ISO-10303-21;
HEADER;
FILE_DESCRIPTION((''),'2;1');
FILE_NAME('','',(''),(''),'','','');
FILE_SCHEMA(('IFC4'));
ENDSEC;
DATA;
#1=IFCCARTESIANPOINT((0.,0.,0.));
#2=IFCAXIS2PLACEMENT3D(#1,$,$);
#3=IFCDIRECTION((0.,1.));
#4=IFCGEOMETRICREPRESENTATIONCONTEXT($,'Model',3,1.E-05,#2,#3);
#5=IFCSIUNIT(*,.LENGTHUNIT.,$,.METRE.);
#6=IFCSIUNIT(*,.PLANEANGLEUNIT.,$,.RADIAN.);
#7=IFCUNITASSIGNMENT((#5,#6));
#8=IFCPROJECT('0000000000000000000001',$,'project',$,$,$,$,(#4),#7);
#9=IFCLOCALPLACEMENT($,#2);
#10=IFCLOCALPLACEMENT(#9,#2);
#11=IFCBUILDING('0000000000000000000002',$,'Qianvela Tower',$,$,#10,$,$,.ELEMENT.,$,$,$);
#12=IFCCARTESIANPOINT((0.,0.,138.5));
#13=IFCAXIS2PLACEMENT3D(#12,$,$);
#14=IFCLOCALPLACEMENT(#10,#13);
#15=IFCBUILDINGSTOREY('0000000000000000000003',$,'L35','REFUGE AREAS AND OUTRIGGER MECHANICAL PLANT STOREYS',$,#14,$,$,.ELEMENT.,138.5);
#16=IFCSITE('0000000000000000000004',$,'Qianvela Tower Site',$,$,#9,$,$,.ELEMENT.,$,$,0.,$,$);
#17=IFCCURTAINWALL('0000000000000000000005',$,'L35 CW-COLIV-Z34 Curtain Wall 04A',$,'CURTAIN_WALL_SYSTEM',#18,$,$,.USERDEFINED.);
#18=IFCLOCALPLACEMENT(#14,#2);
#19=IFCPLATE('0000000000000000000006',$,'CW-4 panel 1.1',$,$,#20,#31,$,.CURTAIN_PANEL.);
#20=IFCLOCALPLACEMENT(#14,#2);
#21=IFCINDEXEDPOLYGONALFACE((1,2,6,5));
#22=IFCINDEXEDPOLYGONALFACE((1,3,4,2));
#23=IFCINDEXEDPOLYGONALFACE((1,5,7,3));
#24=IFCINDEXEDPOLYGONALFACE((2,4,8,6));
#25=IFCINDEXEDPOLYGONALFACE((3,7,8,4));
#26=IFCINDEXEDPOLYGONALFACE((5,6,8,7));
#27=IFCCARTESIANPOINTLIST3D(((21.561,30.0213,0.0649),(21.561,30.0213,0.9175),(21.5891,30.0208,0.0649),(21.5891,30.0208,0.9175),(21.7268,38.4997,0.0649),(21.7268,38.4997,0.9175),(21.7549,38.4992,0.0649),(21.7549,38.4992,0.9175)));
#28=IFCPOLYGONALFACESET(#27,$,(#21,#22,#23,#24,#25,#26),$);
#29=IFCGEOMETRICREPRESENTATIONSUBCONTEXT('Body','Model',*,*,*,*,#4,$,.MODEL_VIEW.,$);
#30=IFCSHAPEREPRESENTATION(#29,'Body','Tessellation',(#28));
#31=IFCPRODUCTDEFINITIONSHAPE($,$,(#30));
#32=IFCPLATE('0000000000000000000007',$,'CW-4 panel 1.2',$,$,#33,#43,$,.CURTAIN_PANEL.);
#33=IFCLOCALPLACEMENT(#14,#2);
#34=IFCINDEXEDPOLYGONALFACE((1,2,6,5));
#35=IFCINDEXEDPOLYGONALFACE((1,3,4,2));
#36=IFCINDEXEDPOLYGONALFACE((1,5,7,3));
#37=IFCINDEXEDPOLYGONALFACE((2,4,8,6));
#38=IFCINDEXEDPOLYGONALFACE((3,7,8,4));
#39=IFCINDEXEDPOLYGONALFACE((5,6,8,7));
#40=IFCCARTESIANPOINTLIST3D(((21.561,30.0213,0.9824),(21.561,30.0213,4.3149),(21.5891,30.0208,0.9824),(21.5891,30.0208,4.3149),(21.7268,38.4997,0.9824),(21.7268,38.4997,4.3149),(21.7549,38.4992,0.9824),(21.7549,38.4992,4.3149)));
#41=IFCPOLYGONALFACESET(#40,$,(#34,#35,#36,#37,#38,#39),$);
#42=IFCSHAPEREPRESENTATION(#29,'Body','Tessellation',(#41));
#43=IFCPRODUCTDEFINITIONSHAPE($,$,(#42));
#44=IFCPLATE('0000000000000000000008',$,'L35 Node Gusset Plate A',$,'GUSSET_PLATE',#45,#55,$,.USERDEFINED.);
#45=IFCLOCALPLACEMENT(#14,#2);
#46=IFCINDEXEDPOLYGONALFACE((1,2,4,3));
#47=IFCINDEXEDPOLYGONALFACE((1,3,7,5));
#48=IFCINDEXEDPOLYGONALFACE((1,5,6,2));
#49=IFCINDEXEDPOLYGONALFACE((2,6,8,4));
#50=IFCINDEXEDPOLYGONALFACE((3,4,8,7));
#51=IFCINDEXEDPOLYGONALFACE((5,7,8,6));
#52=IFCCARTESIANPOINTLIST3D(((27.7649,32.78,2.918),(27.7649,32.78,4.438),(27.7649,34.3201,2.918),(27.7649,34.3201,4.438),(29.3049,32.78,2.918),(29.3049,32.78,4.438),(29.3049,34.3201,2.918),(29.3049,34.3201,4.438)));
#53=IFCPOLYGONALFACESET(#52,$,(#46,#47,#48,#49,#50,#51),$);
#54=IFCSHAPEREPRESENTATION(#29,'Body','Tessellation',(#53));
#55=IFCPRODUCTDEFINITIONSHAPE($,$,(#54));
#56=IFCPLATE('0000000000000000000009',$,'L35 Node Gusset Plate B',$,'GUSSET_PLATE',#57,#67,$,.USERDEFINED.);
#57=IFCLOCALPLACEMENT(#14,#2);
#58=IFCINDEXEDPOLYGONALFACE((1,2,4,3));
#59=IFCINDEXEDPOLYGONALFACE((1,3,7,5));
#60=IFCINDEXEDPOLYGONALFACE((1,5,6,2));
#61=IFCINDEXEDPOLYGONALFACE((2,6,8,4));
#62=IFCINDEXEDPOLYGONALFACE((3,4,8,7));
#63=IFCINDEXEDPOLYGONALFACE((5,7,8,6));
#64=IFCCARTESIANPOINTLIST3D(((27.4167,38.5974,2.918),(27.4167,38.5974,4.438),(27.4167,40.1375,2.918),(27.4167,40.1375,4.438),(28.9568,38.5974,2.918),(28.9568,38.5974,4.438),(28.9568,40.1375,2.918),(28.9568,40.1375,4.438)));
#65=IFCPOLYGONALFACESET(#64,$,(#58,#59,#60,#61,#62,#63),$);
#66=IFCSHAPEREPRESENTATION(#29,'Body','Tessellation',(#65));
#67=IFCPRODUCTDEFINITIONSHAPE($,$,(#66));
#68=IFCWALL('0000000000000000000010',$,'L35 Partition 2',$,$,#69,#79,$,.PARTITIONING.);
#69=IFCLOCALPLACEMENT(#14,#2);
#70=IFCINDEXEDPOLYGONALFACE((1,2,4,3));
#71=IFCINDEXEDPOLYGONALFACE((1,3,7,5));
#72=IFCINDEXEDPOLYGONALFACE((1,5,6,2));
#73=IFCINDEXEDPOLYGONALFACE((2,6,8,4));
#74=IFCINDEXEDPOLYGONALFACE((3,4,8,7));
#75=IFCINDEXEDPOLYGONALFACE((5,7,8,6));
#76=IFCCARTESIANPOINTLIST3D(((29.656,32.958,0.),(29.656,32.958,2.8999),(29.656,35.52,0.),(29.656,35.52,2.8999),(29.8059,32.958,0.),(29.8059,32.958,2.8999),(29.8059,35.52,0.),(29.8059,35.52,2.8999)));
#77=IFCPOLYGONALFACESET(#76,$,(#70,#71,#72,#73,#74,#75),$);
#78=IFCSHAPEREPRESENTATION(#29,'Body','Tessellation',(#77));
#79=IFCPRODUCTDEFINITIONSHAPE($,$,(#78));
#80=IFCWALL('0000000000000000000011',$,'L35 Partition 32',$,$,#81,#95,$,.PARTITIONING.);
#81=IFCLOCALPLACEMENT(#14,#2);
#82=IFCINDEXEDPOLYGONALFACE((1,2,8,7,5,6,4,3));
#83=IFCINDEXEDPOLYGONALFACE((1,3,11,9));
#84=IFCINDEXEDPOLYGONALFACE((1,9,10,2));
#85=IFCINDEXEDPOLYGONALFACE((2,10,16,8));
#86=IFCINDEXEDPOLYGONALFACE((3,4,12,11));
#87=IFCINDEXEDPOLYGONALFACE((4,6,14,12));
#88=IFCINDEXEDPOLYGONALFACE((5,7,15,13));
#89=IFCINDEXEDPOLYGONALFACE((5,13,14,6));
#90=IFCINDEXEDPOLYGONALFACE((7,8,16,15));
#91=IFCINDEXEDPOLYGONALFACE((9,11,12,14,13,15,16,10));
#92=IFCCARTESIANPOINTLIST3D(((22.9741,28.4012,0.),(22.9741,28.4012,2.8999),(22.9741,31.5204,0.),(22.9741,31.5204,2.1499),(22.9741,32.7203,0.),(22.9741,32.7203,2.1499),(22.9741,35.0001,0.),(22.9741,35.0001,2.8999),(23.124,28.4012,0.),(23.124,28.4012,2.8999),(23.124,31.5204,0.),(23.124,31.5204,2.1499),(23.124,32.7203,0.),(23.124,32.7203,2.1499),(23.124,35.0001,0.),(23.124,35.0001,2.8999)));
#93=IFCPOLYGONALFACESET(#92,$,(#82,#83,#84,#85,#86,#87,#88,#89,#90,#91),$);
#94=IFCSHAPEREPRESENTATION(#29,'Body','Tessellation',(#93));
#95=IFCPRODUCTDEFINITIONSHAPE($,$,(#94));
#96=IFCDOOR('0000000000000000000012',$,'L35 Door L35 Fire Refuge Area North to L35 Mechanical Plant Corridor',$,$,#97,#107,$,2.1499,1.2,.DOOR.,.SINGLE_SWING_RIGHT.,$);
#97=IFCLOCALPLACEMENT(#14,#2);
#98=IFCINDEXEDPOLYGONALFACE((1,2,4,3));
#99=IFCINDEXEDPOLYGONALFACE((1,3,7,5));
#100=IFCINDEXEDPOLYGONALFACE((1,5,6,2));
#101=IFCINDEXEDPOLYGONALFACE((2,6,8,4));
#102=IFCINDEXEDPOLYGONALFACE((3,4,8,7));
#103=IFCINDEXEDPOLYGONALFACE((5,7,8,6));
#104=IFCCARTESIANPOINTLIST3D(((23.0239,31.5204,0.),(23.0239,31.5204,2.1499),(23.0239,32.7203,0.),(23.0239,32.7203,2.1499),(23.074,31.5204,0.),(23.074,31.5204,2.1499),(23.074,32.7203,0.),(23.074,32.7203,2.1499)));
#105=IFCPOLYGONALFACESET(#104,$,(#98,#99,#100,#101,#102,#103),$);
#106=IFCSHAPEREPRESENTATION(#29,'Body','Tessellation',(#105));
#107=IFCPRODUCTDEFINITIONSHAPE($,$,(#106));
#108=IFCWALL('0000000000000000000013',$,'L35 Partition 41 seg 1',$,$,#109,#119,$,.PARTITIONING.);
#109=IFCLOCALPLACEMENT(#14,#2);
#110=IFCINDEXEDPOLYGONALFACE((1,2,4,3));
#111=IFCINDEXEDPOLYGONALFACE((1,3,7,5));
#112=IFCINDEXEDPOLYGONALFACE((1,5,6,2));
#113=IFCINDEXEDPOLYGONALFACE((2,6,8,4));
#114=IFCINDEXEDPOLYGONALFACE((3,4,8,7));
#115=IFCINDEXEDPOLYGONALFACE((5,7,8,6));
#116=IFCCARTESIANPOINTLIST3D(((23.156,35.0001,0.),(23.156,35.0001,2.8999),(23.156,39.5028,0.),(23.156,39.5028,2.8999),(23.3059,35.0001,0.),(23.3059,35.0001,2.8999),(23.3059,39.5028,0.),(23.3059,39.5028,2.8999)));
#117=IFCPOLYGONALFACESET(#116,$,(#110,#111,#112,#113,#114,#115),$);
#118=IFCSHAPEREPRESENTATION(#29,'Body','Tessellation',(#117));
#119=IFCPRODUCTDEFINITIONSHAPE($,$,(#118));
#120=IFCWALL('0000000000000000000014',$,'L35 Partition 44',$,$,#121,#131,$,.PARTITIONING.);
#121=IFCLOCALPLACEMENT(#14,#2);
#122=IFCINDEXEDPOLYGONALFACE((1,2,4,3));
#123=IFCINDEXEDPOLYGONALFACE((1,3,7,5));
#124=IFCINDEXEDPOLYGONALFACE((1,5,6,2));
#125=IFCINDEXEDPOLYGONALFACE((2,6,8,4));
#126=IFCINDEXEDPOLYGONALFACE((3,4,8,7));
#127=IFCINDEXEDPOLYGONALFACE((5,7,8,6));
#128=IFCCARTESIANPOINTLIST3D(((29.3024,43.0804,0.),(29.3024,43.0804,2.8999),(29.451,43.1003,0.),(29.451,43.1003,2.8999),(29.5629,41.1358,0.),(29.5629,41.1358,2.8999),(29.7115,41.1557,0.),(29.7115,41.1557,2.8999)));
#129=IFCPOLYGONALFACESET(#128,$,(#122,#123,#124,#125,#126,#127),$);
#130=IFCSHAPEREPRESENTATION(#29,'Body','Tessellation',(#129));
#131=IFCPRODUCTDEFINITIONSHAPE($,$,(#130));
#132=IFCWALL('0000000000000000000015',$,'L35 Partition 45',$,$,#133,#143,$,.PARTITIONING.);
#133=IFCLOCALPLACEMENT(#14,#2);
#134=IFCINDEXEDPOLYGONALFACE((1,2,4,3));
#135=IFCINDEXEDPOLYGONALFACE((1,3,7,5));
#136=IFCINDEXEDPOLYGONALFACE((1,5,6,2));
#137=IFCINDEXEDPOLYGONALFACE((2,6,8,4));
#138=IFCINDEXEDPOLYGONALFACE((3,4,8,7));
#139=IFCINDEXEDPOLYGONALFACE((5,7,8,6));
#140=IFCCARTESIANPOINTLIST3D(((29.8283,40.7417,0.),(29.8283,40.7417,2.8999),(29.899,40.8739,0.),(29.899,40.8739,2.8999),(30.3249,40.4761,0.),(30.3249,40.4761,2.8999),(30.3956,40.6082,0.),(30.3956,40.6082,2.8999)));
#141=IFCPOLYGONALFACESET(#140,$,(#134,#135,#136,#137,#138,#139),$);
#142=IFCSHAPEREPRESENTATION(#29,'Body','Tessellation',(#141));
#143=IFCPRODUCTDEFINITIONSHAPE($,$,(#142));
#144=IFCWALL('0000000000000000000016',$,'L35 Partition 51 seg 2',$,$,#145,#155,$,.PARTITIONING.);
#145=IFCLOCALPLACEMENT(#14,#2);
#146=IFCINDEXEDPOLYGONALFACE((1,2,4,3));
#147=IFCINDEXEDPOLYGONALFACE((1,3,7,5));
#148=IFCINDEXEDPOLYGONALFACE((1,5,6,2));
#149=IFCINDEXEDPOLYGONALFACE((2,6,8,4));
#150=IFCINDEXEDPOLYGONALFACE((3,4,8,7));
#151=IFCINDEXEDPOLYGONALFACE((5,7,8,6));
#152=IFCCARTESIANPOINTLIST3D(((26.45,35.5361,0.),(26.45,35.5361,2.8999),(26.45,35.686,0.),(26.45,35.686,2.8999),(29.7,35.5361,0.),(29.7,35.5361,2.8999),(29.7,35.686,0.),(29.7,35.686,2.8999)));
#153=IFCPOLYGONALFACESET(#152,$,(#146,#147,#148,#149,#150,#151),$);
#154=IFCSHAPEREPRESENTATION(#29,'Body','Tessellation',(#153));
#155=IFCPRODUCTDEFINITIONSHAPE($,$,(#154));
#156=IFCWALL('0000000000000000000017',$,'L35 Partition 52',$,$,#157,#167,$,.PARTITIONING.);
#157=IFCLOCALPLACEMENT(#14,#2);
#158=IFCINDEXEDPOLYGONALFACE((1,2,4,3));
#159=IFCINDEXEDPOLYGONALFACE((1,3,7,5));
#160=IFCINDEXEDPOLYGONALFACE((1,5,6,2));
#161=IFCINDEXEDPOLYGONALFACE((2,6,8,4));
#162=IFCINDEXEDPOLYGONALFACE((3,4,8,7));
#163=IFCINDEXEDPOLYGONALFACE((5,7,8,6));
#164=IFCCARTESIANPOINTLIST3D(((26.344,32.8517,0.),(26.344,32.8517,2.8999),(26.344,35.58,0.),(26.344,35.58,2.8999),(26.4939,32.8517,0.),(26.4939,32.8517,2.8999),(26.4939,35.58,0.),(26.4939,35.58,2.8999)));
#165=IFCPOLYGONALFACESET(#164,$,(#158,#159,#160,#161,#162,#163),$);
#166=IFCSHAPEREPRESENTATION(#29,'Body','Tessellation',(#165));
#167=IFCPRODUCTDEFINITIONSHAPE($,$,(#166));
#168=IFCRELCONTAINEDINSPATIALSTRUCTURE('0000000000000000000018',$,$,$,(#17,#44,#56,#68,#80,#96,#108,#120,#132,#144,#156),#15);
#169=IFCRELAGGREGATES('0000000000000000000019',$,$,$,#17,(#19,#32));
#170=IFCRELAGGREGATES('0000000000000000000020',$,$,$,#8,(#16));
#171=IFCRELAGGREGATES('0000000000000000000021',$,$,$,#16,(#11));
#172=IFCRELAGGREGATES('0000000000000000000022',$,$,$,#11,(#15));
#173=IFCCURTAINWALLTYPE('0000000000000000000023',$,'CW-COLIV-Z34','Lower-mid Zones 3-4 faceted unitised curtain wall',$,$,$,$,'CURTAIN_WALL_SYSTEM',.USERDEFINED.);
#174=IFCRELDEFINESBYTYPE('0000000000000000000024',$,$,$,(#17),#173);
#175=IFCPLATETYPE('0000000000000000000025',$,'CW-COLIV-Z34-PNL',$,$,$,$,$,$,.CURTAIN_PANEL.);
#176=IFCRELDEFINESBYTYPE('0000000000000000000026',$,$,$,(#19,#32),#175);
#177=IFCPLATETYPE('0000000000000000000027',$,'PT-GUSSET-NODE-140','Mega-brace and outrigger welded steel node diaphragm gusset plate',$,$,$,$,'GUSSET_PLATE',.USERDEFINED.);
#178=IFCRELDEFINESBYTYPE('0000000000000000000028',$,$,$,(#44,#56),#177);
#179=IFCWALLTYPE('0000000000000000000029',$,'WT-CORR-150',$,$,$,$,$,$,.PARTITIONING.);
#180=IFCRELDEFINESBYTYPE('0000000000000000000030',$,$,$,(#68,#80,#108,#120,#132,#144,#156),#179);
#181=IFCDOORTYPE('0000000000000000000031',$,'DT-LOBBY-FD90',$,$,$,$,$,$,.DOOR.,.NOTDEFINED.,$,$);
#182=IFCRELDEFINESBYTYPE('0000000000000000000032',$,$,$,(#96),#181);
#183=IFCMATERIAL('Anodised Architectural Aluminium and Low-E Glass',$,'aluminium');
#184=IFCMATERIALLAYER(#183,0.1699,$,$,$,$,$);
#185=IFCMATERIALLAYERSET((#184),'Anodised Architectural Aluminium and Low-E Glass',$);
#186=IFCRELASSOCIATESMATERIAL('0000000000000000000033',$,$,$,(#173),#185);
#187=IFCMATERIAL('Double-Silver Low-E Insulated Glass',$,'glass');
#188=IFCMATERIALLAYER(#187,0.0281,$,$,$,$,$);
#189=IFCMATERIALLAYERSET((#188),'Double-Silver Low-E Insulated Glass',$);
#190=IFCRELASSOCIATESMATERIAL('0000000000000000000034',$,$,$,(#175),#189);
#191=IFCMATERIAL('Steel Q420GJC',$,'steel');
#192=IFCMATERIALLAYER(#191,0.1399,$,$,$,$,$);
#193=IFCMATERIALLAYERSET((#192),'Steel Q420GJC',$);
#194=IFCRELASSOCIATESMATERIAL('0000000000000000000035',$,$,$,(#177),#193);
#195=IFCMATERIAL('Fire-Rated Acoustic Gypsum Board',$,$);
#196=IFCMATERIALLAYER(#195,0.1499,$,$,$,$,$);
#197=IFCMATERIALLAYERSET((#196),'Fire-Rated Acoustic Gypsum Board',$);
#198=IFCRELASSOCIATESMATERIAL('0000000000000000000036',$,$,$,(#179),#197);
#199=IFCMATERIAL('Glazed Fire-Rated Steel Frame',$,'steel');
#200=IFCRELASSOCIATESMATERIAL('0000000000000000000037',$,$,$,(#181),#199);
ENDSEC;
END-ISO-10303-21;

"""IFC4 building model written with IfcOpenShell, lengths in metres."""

from ifc_helpers import new_model, si_unit, direction, frame, frame_2d, origin, origin_2d, place, context, subcontext, project, spatial, rectangle, extrude, material, layer, layer_set, type_object, element, fill, aggregate, save


model = new_model("IFC4")

# Units and contexts
model_context = context("Model", 3, precision=1e-05, world=origin(), true_north=direction((0.0, 1.0)))
body_context = subcontext(model_context, "Body", "Model", "MODEL_VIEW")
ifc_project = project(units=[si_unit("LENGTHUNIT", "METRE"), si_unit("PLANEANGLEUNIT", "RADIAN")], contexts=[model_context])

# Site, building, storey
site_placement = place(None, origin())
site = spatial("IfcSite", under=ifc_project, at=site_placement, Name="Qianvela Tower Site", CompositionType="ELEMENT", RefElevation=0.0)
building_placement = place(site_placement, origin())
building = spatial("IfcBuilding", under=site, at=building_placement, Name="Qianvela Tower", CompositionType="ELEMENT")
storey_placement = place(building_placement, frame((0.0, 0.0, 138.5)))
storey = spatial("IfcBuildingStorey", under=building, at=storey_placement, Name="L35", Description="REFUGE AREAS AND OUTRIGGER MECHANICAL PLANT STOREYS", CompositionType="ELEMENT", Elevation=138.5)

# Curtain wall, plates
ifc_material_1 = material(Name="Anodised Architectural Aluminium and Low-E Glass", Category="aluminium")
ifc_layer_1 = layer(ifc_material_1, 0.1699)
ifc_layer_set_1 = layer_set([ifc_layer_1], Name="Anodised Architectural Aluminium and Low-E Glass")
curtain_wall_type = type_object("IfcCurtainWallType", Name="CW-COLIV-Z34", Description="Lower-mid Zones 3-4 faceted unitised curtain wall", ElementType="CURTAIN_WALL_SYSTEM", PredefinedType="USERDEFINED", material=ifc_layer_set_1)
curtain_wall_placement = place(storey_placement, origin())
curtain_wall = element("IfcCurtainWall", 1, at=curtain_wall_placement, inside=storey, type_object=curtain_wall_type, Name="L35 CW-COLIV-Z34 Curtain Wall 04A", ObjectType="CURTAIN_WALL_SYSTEM", PredefinedType="USERDEFINED")
ifc_material_2 = material(Name="Double-Silver Low-E Insulated Glass", Category="glass")
ifc_layer_2 = layer(ifc_material_2, 0.0281)
ifc_layer_set_2 = layer_set([ifc_layer_2], Name="Double-Silver Low-E Insulated Glass")
plate_type_1 = type_object("IfcPlateType", Name="CW-COLIV-Z34-PNL", PredefinedType="CURTAIN_PANEL", material=ifc_layer_set_2)
plate_1_placement = place(storey_placement, frame((21.658, 34.2603, 0.0649), z_axis=(0.0, 0.0, 1.0), x_axis=(-0.019547, -0.999809, 0.0)))
plate_1 = element("IfcPlate", 2, at=plate_1_placement, type_object=plate_type_1, Name="CW-4 panel 1.1", PredefinedType="CURTAIN_PANEL", context=body_context, shape_type="SweptSolid", body=[
    extrude(rectangle(XDim=8.48, YDim=0.0281, at=origin_2d()), origin(), (0.0, 0.0, 1.0), 0.8525),
])
plate_2_placement = place(storey_placement, frame((21.658, 34.2603, 0.9824), z_axis=(0.0, 0.0, 1.0), x_axis=(-0.019547, -0.999809, 0.0)))
plate_2 = element("IfcPlate", 3, at=plate_2_placement, type_object=plate_type_1, Name="CW-4 panel 1.2", PredefinedType="CURTAIN_PANEL", context=body_context, shape_type="SweptSolid", body=[
    extrude(rectangle(XDim=8.48, YDim=0.0281, at=origin_2d()), origin(), (0.0, 0.0, 1.0), 3.3325),
])
aggregate(curtain_wall, [plate_1, plate_2])

# Plates
ifc_material_3 = material(Name="Steel Q420GJC", Category="steel")
ifc_layer_3 = layer(ifc_material_3, 0.1399)
ifc_layer_set_3 = layer_set([ifc_layer_3], Name="Steel Q420GJC")
plate_type_2 = type_object("IfcPlateType", Name="PT-GUSSET-NODE-140", Description="Mega-brace and outrigger welded steel node diaphragm gusset plate", ElementType="GUSSET_PLATE", PredefinedType="USERDEFINED", material=ifc_layer_set_3)
for number, where, z_axis, x_axis, name in (
    (4, (28.5349, 33.55, 2.918), (0.0, 0.0, 1.0), (1.0, 0.0, 0.0), "L35 Node Gusset Plate A"),
    (5, (28.1868, 39.3674, 2.918), (0.0, 0.0, 1.0), (1.0, 0.0, 0.0), "L35 Node Gusset Plate B"),
):
    element("IfcPlate", number, at=place(storey_placement, frame(where, z_axis=z_axis, x_axis=x_axis)), inside=storey, type_object=plate_type_2, Name=name, ObjectType="GUSSET_PLATE", PredefinedType="USERDEFINED", context=body_context, shape_type="SweptSolid", body=[
        extrude(rectangle(XDim=1.54, YDim=1.54, at=origin_2d()), origin(), (0.0, 0.0, 1.0), 1.52),
    ])

# Wall
ifc_material_4 = material(Name="Fire-Rated Acoustic Gypsum Board")
ifc_layer_4 = layer(ifc_material_4, 0.1499)
ifc_layer_set_4 = layer_set([ifc_layer_4], Name="Fire-Rated Acoustic Gypsum Board")
wall_type_1 = type_object("IfcWallType", Name="WT-CORR-150", PredefinedType="PARTITIONING", material=ifc_layer_set_4)
wall_1_placement = place(storey_placement, frame((29.731, 32.958, 0.0), z_axis=(0.0, 0.0, 1.0), x_axis=(0.0, 1.0, 0.0)))
element("IfcWall", 6, at=wall_1_placement, inside=storey, type_object=wall_type_1, Name="L35 Partition 2", PredefinedType="PARTITIONING", context=body_context, shape_type="SweptSolid", body=[
    extrude(rectangle(XDim=2.562, YDim=0.1499, at=frame_2d((1.281, 0.0))), origin(), (0.0, 0.0, 1.0), 2.8999),
])

# Wall, opening, door
ifc_material_5 = material(Name="Glazed Fire-Rated Steel Frame", Category="steel")
door_type_1 = type_object("IfcDoorType", Name="DT-LOBBY-FD90", OperationType="NOTDEFINED", PredefinedType="DOOR", material=ifc_material_5)
wall_2_placement = place(storey_placement, frame((23.0491, 35.0, 0.0), z_axis=(0.0, 0.0, 1.0), x_axis=(0.0, -1.0, 0.0)))
wall_2 = element("IfcWall", 7, at=wall_2_placement, inside=storey, type_object=wall_type_1, Name="L35 Partition 32", PredefinedType="PARTITIONING", context=body_context, shape_type="SweptSolid", body=[
    extrude(rectangle(XDim=6.5989, YDim=0.1499, at=frame_2d((3.2993, 0.0))), origin(), (0.0, 0.0, 1.0), 2.8999),
])
opening_1_placement = place(wall_2_placement, frame((2.2795, 0.0, 0.0)))
opening_1 = element("IfcOpeningElement", 8, at=opening_1_placement, cuts=wall_2, PredefinedType="OPENING", context=body_context, shape_type="SweptSolid", body=[
    extrude(rectangle(XDim=1.2, YDim=2.1499, at=frame_2d((0.6001, 1.075))), frame((0.0, 0.085, 0.0), z_axis=(0.0, -1.0, 0.0), x_axis=(1.0, 0.0, 0.0)), (0.0, 0.0, 1.0), 0.1699),
])
door_1_placement = place(opening_1_placement, origin())
door_1 = element("IfcDoor", 9, at=door_1_placement, inside=storey, type_object=door_type_1, Name="L35 Door L35 Fire Refuge Area North to L35 Mechanical Plant Corridor", OperationType="SINGLE_SWING_RIGHT", OverallHeight=2.1499, OverallWidth=1.2, PredefinedType="DOOR", context=body_context, shape_type="SweptSolid", body=[
    extrude(rectangle(XDim=1.2, YDim=2.1499, at=frame_2d((0.6001, 1.075))), frame((0.0, 0.0249, 0.0), z_axis=(0.0, -1.0, 0.0), x_axis=(1.0, 0.0, 0.0)), (0.0, 0.0, 1.0), 0.05),
])
fill(opening_1, door_1)

# Walls
wall_3_placement = place(storey_placement, frame((23.231, 35.0, 0.0), z_axis=(0.0, 0.0, 1.0), x_axis=(0.0, 1.0, 0.0)))
element("IfcWall", 10, at=wall_3_placement, inside=storey, type_object=wall_type_1, Name="L35 Partition 41 seg 1", PredefinedType="PARTITIONING", context=body_context, shape_type="SweptSolid", body=[
    extrude(rectangle(XDim=4.5027, YDim=0.1499, at=frame_2d((2.2515, 0.0))), origin(), (0.0, 0.0, 1.0), 2.8999),
])
wall_4_placement = place(storey_placement, frame((29.3767, 43.0903, 0.0), z_axis=(0.0, 0.0, 1.0), x_axis=(0.132775, -0.991146, 0.0)))
element("IfcWall", 11, at=wall_4_placement, inside=storey, type_object=wall_type_1, Name="L35 Partition 44", PredefinedType="PARTITIONING", context=body_context, shape_type="SweptSolid", body=[
    extrude(rectangle(XDim=1.9619, YDim=0.1499, at=frame_2d((0.981, 0.0))), origin(), (0.0, 0.0, 1.0), 2.8999),
])
wall_5_placement = place(storey_placement, frame((29.8635, 40.8079, 0.0), z_axis=(0.0, 0.0, 1.0), x_axis=(0.881776, -0.471668, 0.0)))
element("IfcWall", 12, at=wall_5_placement, inside=storey, type_object=wall_type_1, Name="L35 Partition 45", PredefinedType="PARTITIONING", context=body_context, shape_type="SweptSolid", body=[
    extrude(rectangle(XDim=0.5632, YDim=0.1499, at=frame_2d((0.2817, 0.0))), origin(), (0.0, 0.0, 1.0), 2.8999),
])
wall_6_placement = place(storey_placement, frame((29.7, 35.6111, 0.0), z_axis=(0.0, 0.0, 1.0), x_axis=(-1.0, 0.0, 0.0)))
element("IfcWall", 13, at=wall_6_placement, inside=storey, type_object=wall_type_1, Name="L35 Partition 51 seg 2", PredefinedType="PARTITIONING", context=body_context, shape_type="SweptSolid", body=[
    extrude(rectangle(XDim=3.25, YDim=0.1499, at=frame_2d((1.625, 0.0))), origin(), (0.0, 0.0, 1.0), 2.8999),
])
wall_7_placement = place(storey_placement, frame((26.4189, 35.5801, 0.0), z_axis=(0.0, 0.0, 1.0), x_axis=(0.0, -1.0, 0.0)))
element("IfcWall", 14, at=wall_7_placement, inside=storey, type_object=wall_type_1, Name="L35 Partition 52", PredefinedType="PARTITIONING", context=body_context, shape_type="SweptSolid", body=[
    extrude(rectangle(XDim=2.7283, YDim=0.1499, at=frame_2d((1.3643, 0.0))), origin(), (0.0, 0.0, 1.0), 2.8999),
])

save(model, "model.ifc")
